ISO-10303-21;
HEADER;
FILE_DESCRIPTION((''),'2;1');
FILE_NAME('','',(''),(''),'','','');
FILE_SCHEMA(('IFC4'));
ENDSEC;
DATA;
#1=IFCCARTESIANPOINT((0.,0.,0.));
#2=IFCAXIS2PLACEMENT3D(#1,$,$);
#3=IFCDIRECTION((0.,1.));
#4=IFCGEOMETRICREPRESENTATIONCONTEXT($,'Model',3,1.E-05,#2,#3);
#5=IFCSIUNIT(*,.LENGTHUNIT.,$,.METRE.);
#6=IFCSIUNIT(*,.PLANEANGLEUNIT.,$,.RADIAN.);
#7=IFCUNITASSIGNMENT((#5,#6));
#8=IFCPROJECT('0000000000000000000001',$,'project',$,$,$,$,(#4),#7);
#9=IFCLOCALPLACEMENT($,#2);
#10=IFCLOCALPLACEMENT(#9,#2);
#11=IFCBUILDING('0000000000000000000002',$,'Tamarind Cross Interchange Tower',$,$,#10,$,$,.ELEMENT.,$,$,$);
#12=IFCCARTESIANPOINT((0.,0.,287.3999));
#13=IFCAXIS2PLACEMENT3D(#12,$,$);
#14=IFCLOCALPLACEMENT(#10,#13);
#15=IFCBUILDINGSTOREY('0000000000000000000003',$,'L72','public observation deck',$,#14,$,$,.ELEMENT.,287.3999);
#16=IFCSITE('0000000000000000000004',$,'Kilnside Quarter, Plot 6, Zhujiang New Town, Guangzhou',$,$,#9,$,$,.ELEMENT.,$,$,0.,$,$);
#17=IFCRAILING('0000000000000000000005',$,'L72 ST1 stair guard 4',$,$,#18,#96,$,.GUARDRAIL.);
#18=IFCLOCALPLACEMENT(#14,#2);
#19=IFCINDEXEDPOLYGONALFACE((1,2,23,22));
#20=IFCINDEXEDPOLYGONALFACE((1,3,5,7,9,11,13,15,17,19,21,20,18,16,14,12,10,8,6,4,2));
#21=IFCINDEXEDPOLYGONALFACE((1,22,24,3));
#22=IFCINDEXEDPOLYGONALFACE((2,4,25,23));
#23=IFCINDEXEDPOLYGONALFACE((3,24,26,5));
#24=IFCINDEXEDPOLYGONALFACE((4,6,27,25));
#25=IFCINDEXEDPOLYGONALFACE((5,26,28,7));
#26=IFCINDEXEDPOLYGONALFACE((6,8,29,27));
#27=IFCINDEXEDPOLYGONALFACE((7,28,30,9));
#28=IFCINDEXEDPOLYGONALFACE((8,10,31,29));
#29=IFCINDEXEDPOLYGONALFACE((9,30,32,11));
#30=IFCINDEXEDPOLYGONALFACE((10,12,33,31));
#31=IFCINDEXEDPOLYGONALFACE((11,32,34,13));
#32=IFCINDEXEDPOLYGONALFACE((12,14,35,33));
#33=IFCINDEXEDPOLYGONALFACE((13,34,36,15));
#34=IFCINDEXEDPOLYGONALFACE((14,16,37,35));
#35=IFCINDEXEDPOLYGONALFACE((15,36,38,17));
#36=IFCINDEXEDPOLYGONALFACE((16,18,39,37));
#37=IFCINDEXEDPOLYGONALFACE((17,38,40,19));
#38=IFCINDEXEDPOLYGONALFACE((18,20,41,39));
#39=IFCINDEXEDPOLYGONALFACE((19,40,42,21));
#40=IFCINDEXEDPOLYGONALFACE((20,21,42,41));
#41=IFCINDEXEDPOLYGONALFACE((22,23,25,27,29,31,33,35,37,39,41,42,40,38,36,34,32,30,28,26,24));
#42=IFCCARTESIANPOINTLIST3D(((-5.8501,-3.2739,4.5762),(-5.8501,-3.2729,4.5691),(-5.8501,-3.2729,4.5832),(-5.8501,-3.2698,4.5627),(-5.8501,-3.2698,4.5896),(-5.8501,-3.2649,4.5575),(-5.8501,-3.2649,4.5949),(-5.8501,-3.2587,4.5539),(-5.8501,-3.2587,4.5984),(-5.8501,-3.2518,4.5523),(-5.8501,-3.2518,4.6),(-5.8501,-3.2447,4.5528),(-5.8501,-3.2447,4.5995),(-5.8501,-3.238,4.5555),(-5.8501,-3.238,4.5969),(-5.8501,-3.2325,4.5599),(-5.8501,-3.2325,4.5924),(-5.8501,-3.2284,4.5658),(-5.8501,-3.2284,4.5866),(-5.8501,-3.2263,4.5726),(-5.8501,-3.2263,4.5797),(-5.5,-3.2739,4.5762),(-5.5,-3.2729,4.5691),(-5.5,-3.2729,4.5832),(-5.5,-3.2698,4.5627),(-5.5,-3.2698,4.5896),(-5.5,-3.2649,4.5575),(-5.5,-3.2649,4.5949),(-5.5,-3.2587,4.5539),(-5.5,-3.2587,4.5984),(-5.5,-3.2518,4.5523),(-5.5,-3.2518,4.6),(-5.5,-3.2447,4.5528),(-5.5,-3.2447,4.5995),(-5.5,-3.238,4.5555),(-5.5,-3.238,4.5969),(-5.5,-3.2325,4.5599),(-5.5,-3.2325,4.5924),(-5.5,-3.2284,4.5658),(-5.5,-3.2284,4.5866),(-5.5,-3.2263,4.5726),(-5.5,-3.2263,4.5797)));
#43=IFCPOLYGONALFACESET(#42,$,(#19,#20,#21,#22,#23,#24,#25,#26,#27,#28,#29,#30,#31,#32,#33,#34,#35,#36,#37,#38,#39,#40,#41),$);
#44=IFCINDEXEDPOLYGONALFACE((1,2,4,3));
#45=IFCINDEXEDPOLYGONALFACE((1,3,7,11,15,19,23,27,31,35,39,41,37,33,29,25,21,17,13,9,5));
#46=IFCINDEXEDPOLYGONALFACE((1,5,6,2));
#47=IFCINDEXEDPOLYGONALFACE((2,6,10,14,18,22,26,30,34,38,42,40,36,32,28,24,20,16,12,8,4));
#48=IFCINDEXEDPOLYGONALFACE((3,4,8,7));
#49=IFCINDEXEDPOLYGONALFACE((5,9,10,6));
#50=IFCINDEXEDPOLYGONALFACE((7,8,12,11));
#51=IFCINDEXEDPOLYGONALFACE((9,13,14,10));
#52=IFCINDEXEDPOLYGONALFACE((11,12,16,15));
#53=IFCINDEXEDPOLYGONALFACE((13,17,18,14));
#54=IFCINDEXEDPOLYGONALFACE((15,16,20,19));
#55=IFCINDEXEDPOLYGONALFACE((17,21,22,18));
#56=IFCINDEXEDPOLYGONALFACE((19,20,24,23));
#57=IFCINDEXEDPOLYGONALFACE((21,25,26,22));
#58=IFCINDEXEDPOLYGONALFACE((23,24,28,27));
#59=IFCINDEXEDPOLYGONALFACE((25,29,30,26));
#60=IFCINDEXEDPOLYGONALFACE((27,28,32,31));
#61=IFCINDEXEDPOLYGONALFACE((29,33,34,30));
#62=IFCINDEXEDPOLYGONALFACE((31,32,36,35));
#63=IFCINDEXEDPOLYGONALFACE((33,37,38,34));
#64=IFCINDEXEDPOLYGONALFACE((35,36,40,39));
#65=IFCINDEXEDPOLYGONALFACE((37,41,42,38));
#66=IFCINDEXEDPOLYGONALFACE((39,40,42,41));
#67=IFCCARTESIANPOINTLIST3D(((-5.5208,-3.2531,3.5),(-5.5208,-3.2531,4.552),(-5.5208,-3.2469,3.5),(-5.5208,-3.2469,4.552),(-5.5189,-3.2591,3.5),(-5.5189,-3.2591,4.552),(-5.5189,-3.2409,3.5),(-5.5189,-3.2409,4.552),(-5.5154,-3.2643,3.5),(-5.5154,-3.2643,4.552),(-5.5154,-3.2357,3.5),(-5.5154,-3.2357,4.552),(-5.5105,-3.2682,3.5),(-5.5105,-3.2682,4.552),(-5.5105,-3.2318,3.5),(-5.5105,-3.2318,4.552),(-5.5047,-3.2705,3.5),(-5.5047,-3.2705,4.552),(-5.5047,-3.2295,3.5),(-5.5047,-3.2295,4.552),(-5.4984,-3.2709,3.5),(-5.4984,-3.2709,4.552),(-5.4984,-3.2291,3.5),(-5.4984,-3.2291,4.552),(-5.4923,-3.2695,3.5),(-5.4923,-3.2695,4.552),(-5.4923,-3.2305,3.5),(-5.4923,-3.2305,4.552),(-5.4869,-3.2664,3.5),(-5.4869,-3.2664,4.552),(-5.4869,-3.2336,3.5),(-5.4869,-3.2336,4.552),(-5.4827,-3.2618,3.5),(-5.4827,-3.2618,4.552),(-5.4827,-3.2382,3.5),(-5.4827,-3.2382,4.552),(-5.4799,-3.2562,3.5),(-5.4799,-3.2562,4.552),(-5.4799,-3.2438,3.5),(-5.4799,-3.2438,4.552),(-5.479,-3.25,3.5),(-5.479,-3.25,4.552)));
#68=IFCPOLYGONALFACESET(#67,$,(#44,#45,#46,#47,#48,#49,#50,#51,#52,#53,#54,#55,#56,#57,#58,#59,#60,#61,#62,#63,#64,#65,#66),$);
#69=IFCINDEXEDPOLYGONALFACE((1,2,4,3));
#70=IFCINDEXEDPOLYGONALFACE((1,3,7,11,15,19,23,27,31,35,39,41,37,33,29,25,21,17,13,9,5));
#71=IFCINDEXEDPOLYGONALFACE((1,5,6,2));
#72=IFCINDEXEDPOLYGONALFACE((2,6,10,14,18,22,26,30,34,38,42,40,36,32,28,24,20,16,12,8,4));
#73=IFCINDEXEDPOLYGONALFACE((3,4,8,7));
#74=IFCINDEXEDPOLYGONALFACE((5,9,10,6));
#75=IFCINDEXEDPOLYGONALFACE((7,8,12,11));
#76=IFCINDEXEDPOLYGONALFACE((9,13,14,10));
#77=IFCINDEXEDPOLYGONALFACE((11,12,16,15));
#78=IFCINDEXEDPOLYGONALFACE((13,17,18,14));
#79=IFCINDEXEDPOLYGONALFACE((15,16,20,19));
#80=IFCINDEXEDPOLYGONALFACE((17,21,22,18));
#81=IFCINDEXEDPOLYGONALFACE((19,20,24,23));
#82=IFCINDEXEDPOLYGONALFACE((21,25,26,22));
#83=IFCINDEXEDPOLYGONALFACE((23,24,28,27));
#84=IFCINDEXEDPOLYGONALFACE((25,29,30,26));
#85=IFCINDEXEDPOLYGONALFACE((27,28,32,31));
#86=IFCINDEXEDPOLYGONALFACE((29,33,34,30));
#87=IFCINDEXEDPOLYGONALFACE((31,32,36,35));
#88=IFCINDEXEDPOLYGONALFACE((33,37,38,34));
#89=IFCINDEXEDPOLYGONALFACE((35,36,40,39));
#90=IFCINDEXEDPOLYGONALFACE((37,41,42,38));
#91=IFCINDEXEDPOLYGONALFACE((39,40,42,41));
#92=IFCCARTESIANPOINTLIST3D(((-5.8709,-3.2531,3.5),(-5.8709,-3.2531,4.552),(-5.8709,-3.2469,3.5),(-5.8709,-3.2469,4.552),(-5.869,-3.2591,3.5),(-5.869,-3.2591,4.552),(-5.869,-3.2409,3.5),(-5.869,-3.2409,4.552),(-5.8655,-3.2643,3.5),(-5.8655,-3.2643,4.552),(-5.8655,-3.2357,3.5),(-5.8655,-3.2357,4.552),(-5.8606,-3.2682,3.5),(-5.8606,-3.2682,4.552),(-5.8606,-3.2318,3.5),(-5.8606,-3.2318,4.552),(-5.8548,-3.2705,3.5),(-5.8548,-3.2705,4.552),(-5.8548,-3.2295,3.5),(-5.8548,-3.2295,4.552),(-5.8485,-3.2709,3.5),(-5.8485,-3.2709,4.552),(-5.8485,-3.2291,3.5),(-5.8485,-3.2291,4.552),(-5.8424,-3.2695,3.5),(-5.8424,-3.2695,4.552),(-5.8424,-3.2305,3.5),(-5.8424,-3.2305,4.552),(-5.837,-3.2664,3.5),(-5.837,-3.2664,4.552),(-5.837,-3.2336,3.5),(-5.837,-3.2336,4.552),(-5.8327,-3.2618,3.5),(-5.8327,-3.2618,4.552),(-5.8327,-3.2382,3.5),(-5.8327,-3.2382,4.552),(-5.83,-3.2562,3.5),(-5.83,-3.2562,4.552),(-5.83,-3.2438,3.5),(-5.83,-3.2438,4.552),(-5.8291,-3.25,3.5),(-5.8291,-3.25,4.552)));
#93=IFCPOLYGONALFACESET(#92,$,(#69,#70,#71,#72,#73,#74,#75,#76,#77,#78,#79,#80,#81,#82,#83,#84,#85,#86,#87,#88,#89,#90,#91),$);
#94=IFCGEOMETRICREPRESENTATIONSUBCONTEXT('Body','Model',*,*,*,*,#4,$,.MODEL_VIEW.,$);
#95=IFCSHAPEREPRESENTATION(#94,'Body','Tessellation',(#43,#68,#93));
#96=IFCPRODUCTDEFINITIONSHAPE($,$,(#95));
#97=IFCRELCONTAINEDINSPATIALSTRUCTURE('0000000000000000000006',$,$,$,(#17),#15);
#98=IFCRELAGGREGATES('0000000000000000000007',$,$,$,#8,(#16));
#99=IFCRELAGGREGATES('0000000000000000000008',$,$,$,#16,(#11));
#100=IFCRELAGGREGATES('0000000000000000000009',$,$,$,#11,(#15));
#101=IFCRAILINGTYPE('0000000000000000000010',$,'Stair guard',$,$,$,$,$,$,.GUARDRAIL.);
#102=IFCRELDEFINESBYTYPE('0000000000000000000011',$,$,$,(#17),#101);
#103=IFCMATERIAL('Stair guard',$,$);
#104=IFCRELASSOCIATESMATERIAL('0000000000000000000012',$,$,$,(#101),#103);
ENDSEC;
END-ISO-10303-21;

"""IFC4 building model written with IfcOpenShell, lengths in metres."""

from ifc_helpers import new_model, si_unit, direction, frame, origin, origin_2d, place, context, subcontext, project, spatial, circle, extrude, material, type_object, element, save


model = new_model("IFC4")

# Units and contexts
model_context = context("Model", 3, precision=1e-05, world=origin(), true_north=direction((0.0, 1.0)))
body_context = subcontext(model_context, "Body", "Model", "MODEL_VIEW")
ifc_project = project(units=[si_unit("LENGTHUNIT", "METRE"), si_unit("PLANEANGLEUNIT", "RADIAN")], contexts=[model_context])

# Site, building, storey
site_placement = place(None, origin())
site = spatial("IfcSite", under=ifc_project, at=site_placement, Name="Kilnside Quarter, Plot 6, Zhujiang New Town, Guangzhou", CompositionType="ELEMENT", RefElevation=0.0)
building_placement = place(site_placement, origin())
building = spatial("IfcBuilding", under=site, at=building_placement, Name="Tamarind Cross Interchange Tower", CompositionType="ELEMENT")
storey_placement = place(building_placement, frame((0.0, 0.0, 287.3999)))
storey = spatial("IfcBuildingStorey", under=building, at=storey_placement, Name="L72", Description="public observation deck", CompositionType="ELEMENT", Elevation=287.3999)

# Railing
ifc_material_1 = material(Name="Stair guard")
railing_type_1 = type_object("IfcRailingType", Name="Stair guard", PredefinedType="GUARDRAIL", material=ifc_material_1)
railing_1_placement = place(storey_placement, frame((-5.5, -3.25, 3.5)))
element("IfcRailing", 1, at=railing_1_placement, inside=storey, type_object=railing_type_1, Name="L72 ST1 stair guard 4", PredefinedType="GUARDRAIL", context=body_context, shape_type="SweptSolid", body=[
    extrude(circle(Radius=0.0239, at=origin_2d()), frame((0.0, 0.0, 1.0762), z_axis=(-1.0, 0.0, 0.0), x_axis=(0.0, -1.0, 0.0)), (0.0, 0.0, 1.0), 0.3501),
    extrude(circle(Radius=0.021, at=origin_2d()), origin(), (0.0, 0.0, 1.0), 1.052),
    extrude(circle(Radius=0.021, at=origin_2d()), frame((-0.3501, 0.0, 0.0)), (0.0, 0.0, 1.0), 1.052),
])

save(model, "model.ifc")
